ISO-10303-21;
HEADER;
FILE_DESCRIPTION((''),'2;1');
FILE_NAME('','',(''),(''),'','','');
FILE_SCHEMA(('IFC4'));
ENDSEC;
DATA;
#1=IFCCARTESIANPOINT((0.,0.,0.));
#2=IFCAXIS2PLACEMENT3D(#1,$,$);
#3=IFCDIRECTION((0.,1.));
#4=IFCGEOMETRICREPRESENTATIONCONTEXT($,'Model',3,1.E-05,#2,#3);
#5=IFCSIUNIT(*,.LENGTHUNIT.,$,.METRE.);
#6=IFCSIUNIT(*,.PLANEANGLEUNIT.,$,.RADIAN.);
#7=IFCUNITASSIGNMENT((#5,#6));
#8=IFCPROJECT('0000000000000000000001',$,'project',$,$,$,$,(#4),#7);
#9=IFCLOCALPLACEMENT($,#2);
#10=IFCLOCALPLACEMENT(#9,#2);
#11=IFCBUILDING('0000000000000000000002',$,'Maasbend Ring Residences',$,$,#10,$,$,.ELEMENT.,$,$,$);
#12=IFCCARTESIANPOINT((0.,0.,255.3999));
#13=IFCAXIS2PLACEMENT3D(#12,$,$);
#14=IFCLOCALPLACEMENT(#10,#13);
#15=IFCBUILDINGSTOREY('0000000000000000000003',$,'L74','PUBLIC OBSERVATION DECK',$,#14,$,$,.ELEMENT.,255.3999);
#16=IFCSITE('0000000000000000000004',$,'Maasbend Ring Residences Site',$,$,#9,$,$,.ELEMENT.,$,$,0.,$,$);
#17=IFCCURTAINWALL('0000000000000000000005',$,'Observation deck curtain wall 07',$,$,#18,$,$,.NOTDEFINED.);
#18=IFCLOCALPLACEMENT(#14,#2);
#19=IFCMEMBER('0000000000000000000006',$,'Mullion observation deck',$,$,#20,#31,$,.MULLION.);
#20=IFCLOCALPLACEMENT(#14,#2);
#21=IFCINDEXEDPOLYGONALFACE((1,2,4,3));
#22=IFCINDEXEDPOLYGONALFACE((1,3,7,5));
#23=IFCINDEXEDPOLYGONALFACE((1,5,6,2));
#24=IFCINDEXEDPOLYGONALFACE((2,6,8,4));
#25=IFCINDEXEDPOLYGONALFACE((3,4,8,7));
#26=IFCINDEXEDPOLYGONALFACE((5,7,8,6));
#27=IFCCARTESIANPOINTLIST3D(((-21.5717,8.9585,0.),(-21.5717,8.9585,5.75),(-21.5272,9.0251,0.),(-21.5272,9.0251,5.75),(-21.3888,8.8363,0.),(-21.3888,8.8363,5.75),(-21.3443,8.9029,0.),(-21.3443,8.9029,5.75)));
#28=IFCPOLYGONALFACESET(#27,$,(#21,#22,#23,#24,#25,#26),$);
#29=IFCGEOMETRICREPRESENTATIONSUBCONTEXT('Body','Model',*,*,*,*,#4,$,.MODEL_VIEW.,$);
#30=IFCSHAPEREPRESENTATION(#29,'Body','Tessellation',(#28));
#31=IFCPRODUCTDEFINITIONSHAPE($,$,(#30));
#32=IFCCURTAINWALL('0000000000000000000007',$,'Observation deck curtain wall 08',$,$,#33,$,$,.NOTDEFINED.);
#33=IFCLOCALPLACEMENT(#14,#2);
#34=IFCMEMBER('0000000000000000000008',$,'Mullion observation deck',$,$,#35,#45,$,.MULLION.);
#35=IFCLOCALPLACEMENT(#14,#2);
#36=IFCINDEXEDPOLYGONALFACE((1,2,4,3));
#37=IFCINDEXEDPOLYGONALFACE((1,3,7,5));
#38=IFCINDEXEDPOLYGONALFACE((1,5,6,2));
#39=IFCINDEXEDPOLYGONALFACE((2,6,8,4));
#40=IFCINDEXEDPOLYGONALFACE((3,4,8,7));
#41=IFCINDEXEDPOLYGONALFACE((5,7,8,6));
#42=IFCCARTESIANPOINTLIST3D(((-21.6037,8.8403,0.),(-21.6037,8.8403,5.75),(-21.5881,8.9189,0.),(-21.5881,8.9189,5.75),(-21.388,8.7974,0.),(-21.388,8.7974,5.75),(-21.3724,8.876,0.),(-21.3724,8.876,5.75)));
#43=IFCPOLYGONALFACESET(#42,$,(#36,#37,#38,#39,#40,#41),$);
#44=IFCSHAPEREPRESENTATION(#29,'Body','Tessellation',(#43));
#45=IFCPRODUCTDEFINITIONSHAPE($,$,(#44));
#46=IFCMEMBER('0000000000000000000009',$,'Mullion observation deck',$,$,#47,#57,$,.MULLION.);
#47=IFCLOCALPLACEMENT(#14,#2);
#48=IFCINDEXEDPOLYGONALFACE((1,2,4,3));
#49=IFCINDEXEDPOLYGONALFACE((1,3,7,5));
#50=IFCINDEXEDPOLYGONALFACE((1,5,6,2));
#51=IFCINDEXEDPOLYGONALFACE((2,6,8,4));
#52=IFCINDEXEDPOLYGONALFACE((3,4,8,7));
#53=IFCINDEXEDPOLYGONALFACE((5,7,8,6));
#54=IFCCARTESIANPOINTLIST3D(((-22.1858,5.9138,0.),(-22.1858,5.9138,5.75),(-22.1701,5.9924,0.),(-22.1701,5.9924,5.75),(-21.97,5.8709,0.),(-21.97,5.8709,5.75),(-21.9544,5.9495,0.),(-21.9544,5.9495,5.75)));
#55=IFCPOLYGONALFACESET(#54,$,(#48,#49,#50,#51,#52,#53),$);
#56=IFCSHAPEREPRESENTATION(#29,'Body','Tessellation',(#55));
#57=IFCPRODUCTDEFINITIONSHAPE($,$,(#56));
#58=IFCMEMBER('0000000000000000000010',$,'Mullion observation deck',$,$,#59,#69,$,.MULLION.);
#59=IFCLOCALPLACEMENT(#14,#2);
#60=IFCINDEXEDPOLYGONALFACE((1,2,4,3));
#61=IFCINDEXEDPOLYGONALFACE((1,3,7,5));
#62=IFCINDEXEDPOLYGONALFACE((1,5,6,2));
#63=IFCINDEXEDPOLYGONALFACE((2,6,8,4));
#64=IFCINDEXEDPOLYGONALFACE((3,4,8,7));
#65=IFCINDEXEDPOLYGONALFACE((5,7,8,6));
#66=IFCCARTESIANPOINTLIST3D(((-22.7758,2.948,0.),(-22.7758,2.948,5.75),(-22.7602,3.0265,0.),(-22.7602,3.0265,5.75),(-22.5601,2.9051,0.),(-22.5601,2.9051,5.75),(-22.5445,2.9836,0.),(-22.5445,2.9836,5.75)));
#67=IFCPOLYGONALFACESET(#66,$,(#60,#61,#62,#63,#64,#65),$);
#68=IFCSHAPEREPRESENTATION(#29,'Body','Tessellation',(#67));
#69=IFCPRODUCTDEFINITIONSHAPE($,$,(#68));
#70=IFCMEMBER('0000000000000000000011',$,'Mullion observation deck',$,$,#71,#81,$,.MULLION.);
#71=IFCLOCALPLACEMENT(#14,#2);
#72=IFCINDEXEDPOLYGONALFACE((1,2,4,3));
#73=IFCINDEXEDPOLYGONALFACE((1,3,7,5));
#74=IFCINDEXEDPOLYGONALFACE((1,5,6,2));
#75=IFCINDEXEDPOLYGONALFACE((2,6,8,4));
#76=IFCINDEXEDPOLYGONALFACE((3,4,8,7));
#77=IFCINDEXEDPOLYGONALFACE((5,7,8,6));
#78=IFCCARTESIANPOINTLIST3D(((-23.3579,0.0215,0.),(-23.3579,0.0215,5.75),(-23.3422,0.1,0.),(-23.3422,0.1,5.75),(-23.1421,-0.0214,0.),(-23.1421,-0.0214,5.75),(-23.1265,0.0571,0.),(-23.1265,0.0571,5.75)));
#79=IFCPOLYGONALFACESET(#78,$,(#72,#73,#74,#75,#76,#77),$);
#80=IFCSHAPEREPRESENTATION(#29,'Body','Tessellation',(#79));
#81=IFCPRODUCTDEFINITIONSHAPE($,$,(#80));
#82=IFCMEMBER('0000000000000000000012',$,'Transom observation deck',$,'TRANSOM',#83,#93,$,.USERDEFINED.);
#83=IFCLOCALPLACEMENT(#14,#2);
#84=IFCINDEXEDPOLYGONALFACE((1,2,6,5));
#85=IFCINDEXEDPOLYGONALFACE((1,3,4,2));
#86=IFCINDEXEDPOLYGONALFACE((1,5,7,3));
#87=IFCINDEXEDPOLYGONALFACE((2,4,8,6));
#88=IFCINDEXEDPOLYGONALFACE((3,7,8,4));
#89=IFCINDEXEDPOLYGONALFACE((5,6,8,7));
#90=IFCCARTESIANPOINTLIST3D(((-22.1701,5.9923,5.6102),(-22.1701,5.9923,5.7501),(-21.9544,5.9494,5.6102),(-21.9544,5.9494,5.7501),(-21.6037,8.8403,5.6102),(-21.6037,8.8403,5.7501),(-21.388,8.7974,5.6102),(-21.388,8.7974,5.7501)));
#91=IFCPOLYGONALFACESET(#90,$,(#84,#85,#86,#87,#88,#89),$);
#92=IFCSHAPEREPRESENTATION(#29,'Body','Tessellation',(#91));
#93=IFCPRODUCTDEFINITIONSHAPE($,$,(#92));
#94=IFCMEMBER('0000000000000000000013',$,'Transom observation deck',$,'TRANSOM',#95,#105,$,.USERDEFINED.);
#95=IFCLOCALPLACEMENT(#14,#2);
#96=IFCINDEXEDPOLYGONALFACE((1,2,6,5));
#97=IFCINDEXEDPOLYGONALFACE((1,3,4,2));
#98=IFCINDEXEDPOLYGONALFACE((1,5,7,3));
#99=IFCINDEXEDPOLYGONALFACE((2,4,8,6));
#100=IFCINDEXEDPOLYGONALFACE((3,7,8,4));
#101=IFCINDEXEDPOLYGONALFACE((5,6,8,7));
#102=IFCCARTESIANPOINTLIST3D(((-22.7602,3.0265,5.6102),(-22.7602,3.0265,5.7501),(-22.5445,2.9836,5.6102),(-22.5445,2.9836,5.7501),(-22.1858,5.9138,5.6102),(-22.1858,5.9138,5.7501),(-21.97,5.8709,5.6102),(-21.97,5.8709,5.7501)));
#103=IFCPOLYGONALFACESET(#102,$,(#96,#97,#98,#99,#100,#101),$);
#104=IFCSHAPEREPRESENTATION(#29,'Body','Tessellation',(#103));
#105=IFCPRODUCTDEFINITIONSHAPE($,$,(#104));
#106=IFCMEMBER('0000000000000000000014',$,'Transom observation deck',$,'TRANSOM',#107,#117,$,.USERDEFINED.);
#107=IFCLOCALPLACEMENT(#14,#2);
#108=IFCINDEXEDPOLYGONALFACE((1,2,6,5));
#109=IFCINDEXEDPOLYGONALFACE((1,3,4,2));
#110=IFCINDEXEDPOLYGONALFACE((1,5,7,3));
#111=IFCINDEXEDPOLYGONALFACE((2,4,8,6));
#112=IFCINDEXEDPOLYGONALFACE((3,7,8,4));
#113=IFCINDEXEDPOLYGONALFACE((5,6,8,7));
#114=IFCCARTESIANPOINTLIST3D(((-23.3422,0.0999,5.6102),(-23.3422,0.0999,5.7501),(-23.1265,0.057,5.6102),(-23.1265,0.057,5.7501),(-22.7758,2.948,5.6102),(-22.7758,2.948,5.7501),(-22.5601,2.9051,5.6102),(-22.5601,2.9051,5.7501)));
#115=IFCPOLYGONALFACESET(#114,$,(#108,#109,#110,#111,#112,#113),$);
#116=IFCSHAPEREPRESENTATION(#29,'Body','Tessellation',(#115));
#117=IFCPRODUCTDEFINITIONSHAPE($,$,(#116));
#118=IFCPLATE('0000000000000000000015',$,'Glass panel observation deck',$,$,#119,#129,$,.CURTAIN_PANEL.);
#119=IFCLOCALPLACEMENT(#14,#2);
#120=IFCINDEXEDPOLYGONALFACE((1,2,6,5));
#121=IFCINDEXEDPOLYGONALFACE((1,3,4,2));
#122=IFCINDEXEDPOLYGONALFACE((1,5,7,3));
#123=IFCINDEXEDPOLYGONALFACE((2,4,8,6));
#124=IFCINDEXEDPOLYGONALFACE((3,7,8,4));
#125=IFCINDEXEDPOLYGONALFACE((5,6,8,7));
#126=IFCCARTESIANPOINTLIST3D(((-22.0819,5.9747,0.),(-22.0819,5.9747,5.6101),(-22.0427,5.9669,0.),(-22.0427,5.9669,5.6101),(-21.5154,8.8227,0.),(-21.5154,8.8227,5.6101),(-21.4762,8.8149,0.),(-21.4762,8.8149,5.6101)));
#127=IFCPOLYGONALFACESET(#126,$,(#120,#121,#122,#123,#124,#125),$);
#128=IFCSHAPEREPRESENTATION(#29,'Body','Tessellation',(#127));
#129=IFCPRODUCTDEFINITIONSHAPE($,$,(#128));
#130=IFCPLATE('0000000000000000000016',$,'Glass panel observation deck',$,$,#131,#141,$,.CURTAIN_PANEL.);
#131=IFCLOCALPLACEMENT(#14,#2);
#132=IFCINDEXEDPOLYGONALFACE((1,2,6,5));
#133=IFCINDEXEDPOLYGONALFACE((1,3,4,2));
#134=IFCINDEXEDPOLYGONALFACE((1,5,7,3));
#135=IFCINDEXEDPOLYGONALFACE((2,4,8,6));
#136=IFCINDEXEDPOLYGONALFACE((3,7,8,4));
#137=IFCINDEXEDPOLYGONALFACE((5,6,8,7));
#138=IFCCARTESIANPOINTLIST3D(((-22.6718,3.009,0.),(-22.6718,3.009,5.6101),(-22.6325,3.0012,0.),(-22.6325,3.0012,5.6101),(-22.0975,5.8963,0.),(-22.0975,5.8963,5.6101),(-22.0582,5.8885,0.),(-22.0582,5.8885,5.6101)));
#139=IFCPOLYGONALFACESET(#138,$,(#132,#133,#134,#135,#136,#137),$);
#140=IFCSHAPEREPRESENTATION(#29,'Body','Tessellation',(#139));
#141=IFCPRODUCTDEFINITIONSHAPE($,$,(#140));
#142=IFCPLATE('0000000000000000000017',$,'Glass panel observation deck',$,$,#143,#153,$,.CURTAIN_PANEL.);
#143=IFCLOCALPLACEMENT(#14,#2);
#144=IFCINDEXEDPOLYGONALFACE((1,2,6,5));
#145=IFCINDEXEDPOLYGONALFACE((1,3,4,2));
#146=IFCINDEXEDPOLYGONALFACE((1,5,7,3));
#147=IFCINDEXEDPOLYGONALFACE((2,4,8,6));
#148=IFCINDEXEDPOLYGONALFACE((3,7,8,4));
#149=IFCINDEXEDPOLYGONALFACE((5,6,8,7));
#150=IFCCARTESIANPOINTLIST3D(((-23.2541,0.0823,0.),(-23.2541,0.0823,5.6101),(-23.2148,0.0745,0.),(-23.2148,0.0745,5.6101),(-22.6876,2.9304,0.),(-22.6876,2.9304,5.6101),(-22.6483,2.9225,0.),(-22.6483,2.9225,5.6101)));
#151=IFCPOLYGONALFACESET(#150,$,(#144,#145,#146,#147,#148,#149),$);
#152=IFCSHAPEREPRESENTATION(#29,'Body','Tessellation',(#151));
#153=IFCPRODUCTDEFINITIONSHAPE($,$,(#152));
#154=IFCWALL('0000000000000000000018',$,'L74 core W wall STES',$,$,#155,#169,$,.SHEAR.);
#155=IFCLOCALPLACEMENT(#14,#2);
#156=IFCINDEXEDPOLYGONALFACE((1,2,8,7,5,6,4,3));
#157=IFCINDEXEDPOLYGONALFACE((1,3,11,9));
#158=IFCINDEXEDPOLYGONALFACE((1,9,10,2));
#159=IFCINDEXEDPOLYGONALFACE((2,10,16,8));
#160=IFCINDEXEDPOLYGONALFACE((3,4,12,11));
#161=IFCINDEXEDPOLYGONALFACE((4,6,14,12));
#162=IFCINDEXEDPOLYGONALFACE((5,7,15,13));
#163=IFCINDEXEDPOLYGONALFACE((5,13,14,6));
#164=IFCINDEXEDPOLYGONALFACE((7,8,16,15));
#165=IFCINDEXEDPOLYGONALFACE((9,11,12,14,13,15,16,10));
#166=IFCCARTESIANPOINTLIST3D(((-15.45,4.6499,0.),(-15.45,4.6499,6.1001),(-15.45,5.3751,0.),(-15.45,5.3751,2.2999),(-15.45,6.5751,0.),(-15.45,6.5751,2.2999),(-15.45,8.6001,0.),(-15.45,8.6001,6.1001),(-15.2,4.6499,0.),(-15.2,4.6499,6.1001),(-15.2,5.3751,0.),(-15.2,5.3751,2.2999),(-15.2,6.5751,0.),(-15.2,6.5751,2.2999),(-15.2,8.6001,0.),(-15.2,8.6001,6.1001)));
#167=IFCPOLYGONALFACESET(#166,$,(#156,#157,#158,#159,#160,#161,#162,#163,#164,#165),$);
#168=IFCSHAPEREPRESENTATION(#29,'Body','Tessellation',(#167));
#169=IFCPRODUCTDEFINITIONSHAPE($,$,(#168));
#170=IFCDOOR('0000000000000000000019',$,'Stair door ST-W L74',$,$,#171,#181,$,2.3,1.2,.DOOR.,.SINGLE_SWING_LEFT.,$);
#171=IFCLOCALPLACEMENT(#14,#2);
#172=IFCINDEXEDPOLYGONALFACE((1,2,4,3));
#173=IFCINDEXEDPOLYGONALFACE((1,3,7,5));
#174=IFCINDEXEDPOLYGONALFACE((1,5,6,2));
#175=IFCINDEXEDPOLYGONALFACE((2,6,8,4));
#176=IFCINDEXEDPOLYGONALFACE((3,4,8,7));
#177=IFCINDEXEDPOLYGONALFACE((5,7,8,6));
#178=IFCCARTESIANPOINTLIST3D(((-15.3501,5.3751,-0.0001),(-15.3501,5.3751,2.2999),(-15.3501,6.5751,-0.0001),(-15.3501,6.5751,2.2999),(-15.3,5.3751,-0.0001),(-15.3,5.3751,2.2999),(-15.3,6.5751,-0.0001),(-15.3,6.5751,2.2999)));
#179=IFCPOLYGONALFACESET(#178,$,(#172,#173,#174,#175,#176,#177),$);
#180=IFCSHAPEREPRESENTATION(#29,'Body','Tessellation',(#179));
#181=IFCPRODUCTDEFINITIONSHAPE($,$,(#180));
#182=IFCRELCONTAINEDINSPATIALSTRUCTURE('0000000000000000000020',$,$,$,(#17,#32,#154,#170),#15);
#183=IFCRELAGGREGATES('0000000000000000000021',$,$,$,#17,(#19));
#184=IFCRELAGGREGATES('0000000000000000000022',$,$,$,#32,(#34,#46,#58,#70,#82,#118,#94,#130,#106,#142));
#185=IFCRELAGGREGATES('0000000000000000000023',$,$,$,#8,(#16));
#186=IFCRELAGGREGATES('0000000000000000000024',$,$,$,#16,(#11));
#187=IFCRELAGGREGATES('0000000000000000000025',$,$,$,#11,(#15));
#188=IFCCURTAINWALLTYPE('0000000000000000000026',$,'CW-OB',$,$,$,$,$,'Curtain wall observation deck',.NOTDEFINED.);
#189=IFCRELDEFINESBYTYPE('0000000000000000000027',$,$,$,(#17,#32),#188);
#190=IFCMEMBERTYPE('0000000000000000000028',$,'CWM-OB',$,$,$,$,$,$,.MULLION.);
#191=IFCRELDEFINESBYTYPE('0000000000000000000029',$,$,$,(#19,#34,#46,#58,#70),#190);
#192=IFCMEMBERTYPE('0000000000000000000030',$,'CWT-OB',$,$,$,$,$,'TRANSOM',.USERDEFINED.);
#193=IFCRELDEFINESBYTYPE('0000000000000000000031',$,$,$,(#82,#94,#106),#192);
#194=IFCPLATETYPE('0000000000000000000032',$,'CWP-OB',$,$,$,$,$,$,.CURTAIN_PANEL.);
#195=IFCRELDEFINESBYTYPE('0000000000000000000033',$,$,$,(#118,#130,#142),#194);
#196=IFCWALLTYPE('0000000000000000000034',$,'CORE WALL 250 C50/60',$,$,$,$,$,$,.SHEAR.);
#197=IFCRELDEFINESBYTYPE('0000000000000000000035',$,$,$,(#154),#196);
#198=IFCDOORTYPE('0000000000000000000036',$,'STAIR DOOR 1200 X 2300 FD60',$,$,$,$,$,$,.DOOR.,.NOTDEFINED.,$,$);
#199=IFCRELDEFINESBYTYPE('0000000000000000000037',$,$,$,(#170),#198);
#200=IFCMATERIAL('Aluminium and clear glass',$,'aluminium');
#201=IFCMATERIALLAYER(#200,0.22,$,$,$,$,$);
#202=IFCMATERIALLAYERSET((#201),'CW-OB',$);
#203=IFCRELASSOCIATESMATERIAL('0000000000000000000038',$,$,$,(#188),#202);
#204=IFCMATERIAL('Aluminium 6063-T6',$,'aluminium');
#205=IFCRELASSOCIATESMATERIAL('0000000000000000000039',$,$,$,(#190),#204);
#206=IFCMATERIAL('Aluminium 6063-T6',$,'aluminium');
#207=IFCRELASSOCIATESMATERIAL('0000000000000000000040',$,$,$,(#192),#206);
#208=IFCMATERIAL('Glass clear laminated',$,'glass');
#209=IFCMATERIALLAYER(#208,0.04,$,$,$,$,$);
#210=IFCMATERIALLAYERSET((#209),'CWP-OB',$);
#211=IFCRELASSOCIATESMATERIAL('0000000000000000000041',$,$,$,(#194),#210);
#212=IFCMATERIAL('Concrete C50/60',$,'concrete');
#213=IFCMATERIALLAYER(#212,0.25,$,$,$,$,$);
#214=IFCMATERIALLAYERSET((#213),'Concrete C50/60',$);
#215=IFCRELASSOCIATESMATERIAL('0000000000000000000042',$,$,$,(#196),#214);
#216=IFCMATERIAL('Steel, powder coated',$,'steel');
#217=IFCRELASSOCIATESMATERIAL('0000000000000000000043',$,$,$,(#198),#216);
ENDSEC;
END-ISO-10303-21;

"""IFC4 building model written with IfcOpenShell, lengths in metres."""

from ifc_helpers import new_model, si_unit, direction, frame, frame_2d, origin, origin_2d, place, context, subcontext, project, spatial, rectangle, extrude, material, layer, layer_set, material_profile, profile_set, type_object, element, fill, aggregate, save


model = new_model("IFC4")

# Units and contexts
model_context = context("Model", 3, precision=1e-05, world=origin(), true_north=direction((0.0, 1.0)))
body_context = subcontext(model_context, "Body", "Model", "MODEL_VIEW")
ifc_project = project(units=[si_unit("LENGTHUNIT", "METRE"), si_unit("PLANEANGLEUNIT", "RADIAN")], contexts=[model_context])

# Site, building, storey
site_placement = place(None, origin())
site = spatial("IfcSite", under=ifc_project, at=site_placement, Name="Maasbend Ring Residences Site", CompositionType="ELEMENT", RefElevation=0.0)
building_placement = place(site_placement, origin())
building = spatial("IfcBuilding", under=site, at=building_placement, Name="Maasbend Ring Residences", CompositionType="ELEMENT")
storey_placement = place(building_placement, frame((0.0, 0.0, 255.3999)))
storey = spatial("IfcBuildingStorey", under=building, at=storey_placement, Name="L74", Description="PUBLIC OBSERVATION DECK", CompositionType="ELEMENT", Elevation=255.3999)

# Curtain wall, member
ifc_material_1 = material(Name="Aluminium and clear glass", Category="aluminium")
ifc_layer_1 = layer(ifc_material_1, 0.22)
ifc_layer_set_1 = layer_set([ifc_layer_1], Name="CW-OB")
curtain_wall_type = type_object("IfcCurtainWallType", Name="CW-OB", ElementType="Curtain wall observation deck", PredefinedType="NOTDEFINED", material=ifc_layer_set_1)
curtain_wall_1_placement = place(storey_placement, origin())
curtain_wall_1 = element("IfcCurtainWall", 1, at=curtain_wall_1_placement, inside=storey, type_object=curtain_wall_type, Name="Observation deck curtain wall 07", PredefinedType="NOTDEFINED")
ifc_material_2 = material(Name="Aluminium 6063-T6", Category="aluminium")
ifc_material_profile_1 = material_profile(ifc_material_2, rectangle(XDim=0.22, YDim=0.0801, at=origin_2d()), Name="AL 220x80")
ifc_profile_set_1 = profile_set([ifc_material_profile_1], Name="Aluminium 6063-T6")
member_type_1 = type_object("IfcMemberType", Name="CWM-OB", PredefinedType="MULLION", material=ifc_profile_set_1)
member_1_placement = place(storey_placement, frame((-21.458, 8.9307, 0.0), z_axis=(0.0, 0.0, 1.0), x_axis=(0.83147, -0.55557, 0.0)))
member_1 = element("IfcMember", 2, at=member_1_placement, type_object=member_type_1, Name="Mullion observation deck", PredefinedType="MULLION", context=body_context, shape_type="SweptSolid", body=[
    extrude(rectangle(XDim=0.22, YDim=0.0801, at=origin_2d()), origin(), (0.0, 0.0, 1.0), 5.75),
])
aggregate(curtain_wall_1, [member_1])

# Curtain wall, members, plates
curtain_wall_2_placement = place(storey_placement, origin())
curtain_wall_2 = element("IfcCurtainWall", 3, at=curtain_wall_2_placement, inside=storey, type_object=curtain_wall_type, Name="Observation deck curtain wall 08", PredefinedType="NOTDEFINED")
member_2_placement = place(storey_placement, frame((-21.488, 8.8582, 0.0), z_axis=(0.0, 0.0, 1.0), x_axis=(0.980785, -0.19509, 0.0)))
member_2 = element("IfcMember", 4, at=member_2_placement, type_object=member_type_1, Name="Mullion observation deck", PredefinedType="MULLION", context=body_context, shape_type="SweptSolid", body=[
    extrude(rectangle(XDim=0.22, YDim=0.0801, at=origin_2d()), origin(), (0.0, 0.0, 1.0), 5.75),
])
member_3_placement = place(storey_placement, frame((-22.0701, 5.9316, 0.0), z_axis=(0.0, 0.0, 1.0), x_axis=(0.980785, -0.19509, 0.0)))
member_3 = element("IfcMember", 5, at=member_3_placement, type_object=member_type_1, Name="Mullion observation deck", PredefinedType="MULLION", context=body_context, shape_type="SweptSolid", body=[
    extrude(rectangle(XDim=0.22, YDim=0.0801, at=origin_2d()), origin(), (0.0, 0.0, 1.0), 5.75),
])
member_4_placement = place(storey_placement, frame((-22.6602, 2.9658, 0.0), z_axis=(0.0, 0.0, 1.0), x_axis=(0.980785, -0.19509, 0.0)))
member_4 = element("IfcMember", 6, at=member_4_placement, type_object=member_type_1, Name="Mullion observation deck", PredefinedType="MULLION", context=body_context, shape_type="SweptSolid", body=[
    extrude(rectangle(XDim=0.22, YDim=0.0801, at=origin_2d()), origin(), (0.0, 0.0, 1.0), 5.75),
])
member_5_placement = place(storey_placement, frame((-23.2422, 0.0393, 0.0), z_axis=(0.0, 0.0, 1.0), x_axis=(0.980785, -0.19509, 0.0)))
member_5 = element("IfcMember", 7, at=member_5_placement, type_object=member_type_1, Name="Mullion observation deck", PredefinedType="MULLION", context=body_context, shape_type="SweptSolid", body=[
    extrude(rectangle(XDim=0.22, YDim=0.0801, at=origin_2d()), origin(), (0.0, 0.0, 1.0), 5.75),
])
ifc_material_3 = material(Name="Aluminium 6063-T6", Category="aluminium")
ifc_material_profile_2 = material_profile(ifc_material_3, rectangle(XDim=0.22, YDim=0.1399, at=origin_2d()), Name="AL 220x140")
ifc_profile_set_2 = profile_set([ifc_material_profile_2], Name="Aluminium 6063-T6")
member_type_2 = type_object("IfcMemberType", Name="CWT-OB", ElementType="TRANSOM", PredefinedType="USERDEFINED", material=ifc_profile_set_2)
member_6_placement = place(storey_placement, frame((-21.4958, 8.8188, 5.6802), z_axis=(-0.195049, -0.980794, 0.0), x_axis=(0.980794, -0.195049, 0.0)))
member_6 = element("IfcMember", 8, at=member_6_placement, type_object=member_type_2, Name="Transom observation deck", ObjectType="TRANSOM", PredefinedType="USERDEFINED", context=body_context, shape_type="SweptSolid", body=[
    extrude(rectangle(XDim=0.22, YDim=0.1399, at=origin_2d()), origin(), (0.0, 0.0, 1.0), 2.9038),
])
member_7_placement = place(storey_placement, frame((-22.0779, 5.8923, 5.6802), z_axis=(-0.195143, -0.980775, 0.0), x_axis=(0.980775, -0.195143, 0.0)))
member_7 = element("IfcMember", 9, at=member_7_placement, type_object=member_type_2, Name="Transom observation deck", ObjectType="TRANSOM", PredefinedType="USERDEFINED", context=body_context, shape_type="SweptSolid", body=[
    extrude(rectangle(XDim=0.22, YDim=0.1399, at=origin_2d()), origin(), (0.0, 0.0, 1.0), 2.9438),
])
member_8_placement = place(storey_placement, frame((-22.668, 2.9265, 5.6802), z_axis=(-0.195049, -0.980794, 0.0), x_axis=(0.980794, -0.195049, 0.0)))
member_8 = element("IfcMember", 10, at=member_8_placement, type_object=member_type_2, Name="Transom observation deck", ObjectType="TRANSOM", PredefinedType="USERDEFINED", context=body_context, shape_type="SweptSolid", body=[
    extrude(rectangle(XDim=0.22, YDim=0.1399, at=origin_2d()), origin(), (0.0, 0.0, 1.0), 2.9038),
])
ifc_material_4 = material(Name="Glass clear laminated", Category="glass")
ifc_layer_2 = layer(ifc_material_4, 0.04)
ifc_layer_set_2 = layer_set([ifc_layer_2], Name="CWP-OB")
plate_type = type_object("IfcPlateType", Name="CWP-OB", PredefinedType="CURTAIN_PANEL", material=ifc_layer_set_2)
plate_1_placement = place(storey_placement, frame((-21.7791, 7.3948, 0.0), z_axis=(0.0, 0.0, 1.0), x_axis=(-0.19509, -0.980785, 0.0)))
plate_1 = element("IfcPlate", 11, at=plate_1_placement, type_object=plate_type, Name="Glass panel observation deck", PredefinedType="CURTAIN_PANEL", context=body_context, shape_type="SweptSolid", body=[
    extrude(rectangle(XDim=2.9038, YDim=0.04, at=origin_2d()), origin(), (0.0, 0.0, 1.0), 5.6101),
])
plate_2_placement = place(storey_placement, frame((-22.365, 4.4487, 0.0), z_axis=(0.0, 0.0, 1.0), x_axis=(-0.19509, -0.980785, 0.0)))
plate_2 = element("IfcPlate", 12, at=plate_2_placement, type_object=plate_type, Name="Glass panel observation deck", PredefinedType="CURTAIN_PANEL", context=body_context, shape_type="SweptSolid", body=[
    extrude(rectangle(XDim=2.9438, YDim=0.04, at=origin_2d()), origin(), (0.0, 0.0, 1.0), 5.6101),
])
plate_3_placement = place(storey_placement, frame((-22.9512, 1.5024, 0.0), z_axis=(0.0, 0.0, 1.0), x_axis=(-0.19509, -0.980785, 0.0)))
plate_3 = element("IfcPlate", 13, at=plate_3_placement, type_object=plate_type, Name="Glass panel observation deck", PredefinedType="CURTAIN_PANEL", context=body_context, shape_type="SweptSolid", body=[
    extrude(rectangle(XDim=2.9038, YDim=0.04, at=origin_2d()), origin(), (0.0, 0.0, 1.0), 5.6101),
])
aggregate(curtain_wall_2, [member_2, member_3, member_4, member_5, member_6, plate_1, member_7, plate_2, member_8, plate_3])

# Wall, opening, door
ifc_material_5 = material(Name="Concrete C50/60", Category="concrete")
ifc_layer_3 = layer(ifc_material_5, 0.25)
ifc_layer_set_3 = layer_set([ifc_layer_3], Name="Concrete C50/60")
wall_type_1 = type_object("IfcWallType", Name="CORE WALL 250 C50/60", PredefinedType="SHEAR", material=ifc_layer_set_3)
wall_1_placement = place(storey_placement, frame((-15.325, 8.6001, 0.0), z_axis=(0.0, 0.0, 1.0), x_axis=(0.0, -1.0, 0.0)))
wall_1 = element("IfcWall", 14, at=wall_1_placement, inside=storey, type_object=wall_type_1, Name="L74 core W wall STES", PredefinedType="SHEAR", context=body_context, shape_type="SweptSolid", body=[
    extrude(rectangle(XDim=3.9502, YDim=0.25, at=frame_2d((1.9751, 0.0))), origin(), (0.0, 0.0, 1.0), 6.1001),
])
opening_1_placement = place(wall_1_placement, frame((2.0249, 0.0, 0.0)))
opening_1 = element("IfcOpeningElement", 15, at=opening_1_placement, cuts=wall_1, PredefinedType="OPENING", context=body_context, shape_type="SweptSolid", body=[
    extrude(rectangle(XDim=1.2, YDim=2.3, at=frame_2d((0.6001, 1.1499))), frame((0.0, 0.135, 0.0), z_axis=(0.0, -1.0, 0.0), x_axis=(1.0, 0.0, 0.0)), (0.0, 0.0, 1.0), 0.27),
])
ifc_material_6 = material(Name="Steel, powder coated", Category="steel")
door_type_1 = type_object("IfcDoorType", Name="STAIR DOOR 1200 X 2300 FD60", OperationType="NOTDEFINED", PredefinedType="DOOR", material=ifc_material_6)
door_1_placement = place(opening_1_placement, origin())
door_1 = element("IfcDoor", 16, at=door_1_placement, inside=storey, type_object=door_type_1, Name="Stair door ST-W L74", OperationType="SINGLE_SWING_LEFT", OverallHeight=2.3, OverallWidth=1.2, PredefinedType="DOOR", context=body_context, shape_type="SweptSolid", body=[
    extrude(rectangle(XDim=1.2, YDim=2.3, at=frame_2d((0.6001, 1.1499))), frame((0.0, 0.0249, 0.0), z_axis=(0.0, -1.0, 0.0), x_axis=(1.0, 0.0, 0.0)), (0.0, 0.0, 1.0), 0.05),
])
fill(opening_1, door_1)

save(model, "model.ifc")
